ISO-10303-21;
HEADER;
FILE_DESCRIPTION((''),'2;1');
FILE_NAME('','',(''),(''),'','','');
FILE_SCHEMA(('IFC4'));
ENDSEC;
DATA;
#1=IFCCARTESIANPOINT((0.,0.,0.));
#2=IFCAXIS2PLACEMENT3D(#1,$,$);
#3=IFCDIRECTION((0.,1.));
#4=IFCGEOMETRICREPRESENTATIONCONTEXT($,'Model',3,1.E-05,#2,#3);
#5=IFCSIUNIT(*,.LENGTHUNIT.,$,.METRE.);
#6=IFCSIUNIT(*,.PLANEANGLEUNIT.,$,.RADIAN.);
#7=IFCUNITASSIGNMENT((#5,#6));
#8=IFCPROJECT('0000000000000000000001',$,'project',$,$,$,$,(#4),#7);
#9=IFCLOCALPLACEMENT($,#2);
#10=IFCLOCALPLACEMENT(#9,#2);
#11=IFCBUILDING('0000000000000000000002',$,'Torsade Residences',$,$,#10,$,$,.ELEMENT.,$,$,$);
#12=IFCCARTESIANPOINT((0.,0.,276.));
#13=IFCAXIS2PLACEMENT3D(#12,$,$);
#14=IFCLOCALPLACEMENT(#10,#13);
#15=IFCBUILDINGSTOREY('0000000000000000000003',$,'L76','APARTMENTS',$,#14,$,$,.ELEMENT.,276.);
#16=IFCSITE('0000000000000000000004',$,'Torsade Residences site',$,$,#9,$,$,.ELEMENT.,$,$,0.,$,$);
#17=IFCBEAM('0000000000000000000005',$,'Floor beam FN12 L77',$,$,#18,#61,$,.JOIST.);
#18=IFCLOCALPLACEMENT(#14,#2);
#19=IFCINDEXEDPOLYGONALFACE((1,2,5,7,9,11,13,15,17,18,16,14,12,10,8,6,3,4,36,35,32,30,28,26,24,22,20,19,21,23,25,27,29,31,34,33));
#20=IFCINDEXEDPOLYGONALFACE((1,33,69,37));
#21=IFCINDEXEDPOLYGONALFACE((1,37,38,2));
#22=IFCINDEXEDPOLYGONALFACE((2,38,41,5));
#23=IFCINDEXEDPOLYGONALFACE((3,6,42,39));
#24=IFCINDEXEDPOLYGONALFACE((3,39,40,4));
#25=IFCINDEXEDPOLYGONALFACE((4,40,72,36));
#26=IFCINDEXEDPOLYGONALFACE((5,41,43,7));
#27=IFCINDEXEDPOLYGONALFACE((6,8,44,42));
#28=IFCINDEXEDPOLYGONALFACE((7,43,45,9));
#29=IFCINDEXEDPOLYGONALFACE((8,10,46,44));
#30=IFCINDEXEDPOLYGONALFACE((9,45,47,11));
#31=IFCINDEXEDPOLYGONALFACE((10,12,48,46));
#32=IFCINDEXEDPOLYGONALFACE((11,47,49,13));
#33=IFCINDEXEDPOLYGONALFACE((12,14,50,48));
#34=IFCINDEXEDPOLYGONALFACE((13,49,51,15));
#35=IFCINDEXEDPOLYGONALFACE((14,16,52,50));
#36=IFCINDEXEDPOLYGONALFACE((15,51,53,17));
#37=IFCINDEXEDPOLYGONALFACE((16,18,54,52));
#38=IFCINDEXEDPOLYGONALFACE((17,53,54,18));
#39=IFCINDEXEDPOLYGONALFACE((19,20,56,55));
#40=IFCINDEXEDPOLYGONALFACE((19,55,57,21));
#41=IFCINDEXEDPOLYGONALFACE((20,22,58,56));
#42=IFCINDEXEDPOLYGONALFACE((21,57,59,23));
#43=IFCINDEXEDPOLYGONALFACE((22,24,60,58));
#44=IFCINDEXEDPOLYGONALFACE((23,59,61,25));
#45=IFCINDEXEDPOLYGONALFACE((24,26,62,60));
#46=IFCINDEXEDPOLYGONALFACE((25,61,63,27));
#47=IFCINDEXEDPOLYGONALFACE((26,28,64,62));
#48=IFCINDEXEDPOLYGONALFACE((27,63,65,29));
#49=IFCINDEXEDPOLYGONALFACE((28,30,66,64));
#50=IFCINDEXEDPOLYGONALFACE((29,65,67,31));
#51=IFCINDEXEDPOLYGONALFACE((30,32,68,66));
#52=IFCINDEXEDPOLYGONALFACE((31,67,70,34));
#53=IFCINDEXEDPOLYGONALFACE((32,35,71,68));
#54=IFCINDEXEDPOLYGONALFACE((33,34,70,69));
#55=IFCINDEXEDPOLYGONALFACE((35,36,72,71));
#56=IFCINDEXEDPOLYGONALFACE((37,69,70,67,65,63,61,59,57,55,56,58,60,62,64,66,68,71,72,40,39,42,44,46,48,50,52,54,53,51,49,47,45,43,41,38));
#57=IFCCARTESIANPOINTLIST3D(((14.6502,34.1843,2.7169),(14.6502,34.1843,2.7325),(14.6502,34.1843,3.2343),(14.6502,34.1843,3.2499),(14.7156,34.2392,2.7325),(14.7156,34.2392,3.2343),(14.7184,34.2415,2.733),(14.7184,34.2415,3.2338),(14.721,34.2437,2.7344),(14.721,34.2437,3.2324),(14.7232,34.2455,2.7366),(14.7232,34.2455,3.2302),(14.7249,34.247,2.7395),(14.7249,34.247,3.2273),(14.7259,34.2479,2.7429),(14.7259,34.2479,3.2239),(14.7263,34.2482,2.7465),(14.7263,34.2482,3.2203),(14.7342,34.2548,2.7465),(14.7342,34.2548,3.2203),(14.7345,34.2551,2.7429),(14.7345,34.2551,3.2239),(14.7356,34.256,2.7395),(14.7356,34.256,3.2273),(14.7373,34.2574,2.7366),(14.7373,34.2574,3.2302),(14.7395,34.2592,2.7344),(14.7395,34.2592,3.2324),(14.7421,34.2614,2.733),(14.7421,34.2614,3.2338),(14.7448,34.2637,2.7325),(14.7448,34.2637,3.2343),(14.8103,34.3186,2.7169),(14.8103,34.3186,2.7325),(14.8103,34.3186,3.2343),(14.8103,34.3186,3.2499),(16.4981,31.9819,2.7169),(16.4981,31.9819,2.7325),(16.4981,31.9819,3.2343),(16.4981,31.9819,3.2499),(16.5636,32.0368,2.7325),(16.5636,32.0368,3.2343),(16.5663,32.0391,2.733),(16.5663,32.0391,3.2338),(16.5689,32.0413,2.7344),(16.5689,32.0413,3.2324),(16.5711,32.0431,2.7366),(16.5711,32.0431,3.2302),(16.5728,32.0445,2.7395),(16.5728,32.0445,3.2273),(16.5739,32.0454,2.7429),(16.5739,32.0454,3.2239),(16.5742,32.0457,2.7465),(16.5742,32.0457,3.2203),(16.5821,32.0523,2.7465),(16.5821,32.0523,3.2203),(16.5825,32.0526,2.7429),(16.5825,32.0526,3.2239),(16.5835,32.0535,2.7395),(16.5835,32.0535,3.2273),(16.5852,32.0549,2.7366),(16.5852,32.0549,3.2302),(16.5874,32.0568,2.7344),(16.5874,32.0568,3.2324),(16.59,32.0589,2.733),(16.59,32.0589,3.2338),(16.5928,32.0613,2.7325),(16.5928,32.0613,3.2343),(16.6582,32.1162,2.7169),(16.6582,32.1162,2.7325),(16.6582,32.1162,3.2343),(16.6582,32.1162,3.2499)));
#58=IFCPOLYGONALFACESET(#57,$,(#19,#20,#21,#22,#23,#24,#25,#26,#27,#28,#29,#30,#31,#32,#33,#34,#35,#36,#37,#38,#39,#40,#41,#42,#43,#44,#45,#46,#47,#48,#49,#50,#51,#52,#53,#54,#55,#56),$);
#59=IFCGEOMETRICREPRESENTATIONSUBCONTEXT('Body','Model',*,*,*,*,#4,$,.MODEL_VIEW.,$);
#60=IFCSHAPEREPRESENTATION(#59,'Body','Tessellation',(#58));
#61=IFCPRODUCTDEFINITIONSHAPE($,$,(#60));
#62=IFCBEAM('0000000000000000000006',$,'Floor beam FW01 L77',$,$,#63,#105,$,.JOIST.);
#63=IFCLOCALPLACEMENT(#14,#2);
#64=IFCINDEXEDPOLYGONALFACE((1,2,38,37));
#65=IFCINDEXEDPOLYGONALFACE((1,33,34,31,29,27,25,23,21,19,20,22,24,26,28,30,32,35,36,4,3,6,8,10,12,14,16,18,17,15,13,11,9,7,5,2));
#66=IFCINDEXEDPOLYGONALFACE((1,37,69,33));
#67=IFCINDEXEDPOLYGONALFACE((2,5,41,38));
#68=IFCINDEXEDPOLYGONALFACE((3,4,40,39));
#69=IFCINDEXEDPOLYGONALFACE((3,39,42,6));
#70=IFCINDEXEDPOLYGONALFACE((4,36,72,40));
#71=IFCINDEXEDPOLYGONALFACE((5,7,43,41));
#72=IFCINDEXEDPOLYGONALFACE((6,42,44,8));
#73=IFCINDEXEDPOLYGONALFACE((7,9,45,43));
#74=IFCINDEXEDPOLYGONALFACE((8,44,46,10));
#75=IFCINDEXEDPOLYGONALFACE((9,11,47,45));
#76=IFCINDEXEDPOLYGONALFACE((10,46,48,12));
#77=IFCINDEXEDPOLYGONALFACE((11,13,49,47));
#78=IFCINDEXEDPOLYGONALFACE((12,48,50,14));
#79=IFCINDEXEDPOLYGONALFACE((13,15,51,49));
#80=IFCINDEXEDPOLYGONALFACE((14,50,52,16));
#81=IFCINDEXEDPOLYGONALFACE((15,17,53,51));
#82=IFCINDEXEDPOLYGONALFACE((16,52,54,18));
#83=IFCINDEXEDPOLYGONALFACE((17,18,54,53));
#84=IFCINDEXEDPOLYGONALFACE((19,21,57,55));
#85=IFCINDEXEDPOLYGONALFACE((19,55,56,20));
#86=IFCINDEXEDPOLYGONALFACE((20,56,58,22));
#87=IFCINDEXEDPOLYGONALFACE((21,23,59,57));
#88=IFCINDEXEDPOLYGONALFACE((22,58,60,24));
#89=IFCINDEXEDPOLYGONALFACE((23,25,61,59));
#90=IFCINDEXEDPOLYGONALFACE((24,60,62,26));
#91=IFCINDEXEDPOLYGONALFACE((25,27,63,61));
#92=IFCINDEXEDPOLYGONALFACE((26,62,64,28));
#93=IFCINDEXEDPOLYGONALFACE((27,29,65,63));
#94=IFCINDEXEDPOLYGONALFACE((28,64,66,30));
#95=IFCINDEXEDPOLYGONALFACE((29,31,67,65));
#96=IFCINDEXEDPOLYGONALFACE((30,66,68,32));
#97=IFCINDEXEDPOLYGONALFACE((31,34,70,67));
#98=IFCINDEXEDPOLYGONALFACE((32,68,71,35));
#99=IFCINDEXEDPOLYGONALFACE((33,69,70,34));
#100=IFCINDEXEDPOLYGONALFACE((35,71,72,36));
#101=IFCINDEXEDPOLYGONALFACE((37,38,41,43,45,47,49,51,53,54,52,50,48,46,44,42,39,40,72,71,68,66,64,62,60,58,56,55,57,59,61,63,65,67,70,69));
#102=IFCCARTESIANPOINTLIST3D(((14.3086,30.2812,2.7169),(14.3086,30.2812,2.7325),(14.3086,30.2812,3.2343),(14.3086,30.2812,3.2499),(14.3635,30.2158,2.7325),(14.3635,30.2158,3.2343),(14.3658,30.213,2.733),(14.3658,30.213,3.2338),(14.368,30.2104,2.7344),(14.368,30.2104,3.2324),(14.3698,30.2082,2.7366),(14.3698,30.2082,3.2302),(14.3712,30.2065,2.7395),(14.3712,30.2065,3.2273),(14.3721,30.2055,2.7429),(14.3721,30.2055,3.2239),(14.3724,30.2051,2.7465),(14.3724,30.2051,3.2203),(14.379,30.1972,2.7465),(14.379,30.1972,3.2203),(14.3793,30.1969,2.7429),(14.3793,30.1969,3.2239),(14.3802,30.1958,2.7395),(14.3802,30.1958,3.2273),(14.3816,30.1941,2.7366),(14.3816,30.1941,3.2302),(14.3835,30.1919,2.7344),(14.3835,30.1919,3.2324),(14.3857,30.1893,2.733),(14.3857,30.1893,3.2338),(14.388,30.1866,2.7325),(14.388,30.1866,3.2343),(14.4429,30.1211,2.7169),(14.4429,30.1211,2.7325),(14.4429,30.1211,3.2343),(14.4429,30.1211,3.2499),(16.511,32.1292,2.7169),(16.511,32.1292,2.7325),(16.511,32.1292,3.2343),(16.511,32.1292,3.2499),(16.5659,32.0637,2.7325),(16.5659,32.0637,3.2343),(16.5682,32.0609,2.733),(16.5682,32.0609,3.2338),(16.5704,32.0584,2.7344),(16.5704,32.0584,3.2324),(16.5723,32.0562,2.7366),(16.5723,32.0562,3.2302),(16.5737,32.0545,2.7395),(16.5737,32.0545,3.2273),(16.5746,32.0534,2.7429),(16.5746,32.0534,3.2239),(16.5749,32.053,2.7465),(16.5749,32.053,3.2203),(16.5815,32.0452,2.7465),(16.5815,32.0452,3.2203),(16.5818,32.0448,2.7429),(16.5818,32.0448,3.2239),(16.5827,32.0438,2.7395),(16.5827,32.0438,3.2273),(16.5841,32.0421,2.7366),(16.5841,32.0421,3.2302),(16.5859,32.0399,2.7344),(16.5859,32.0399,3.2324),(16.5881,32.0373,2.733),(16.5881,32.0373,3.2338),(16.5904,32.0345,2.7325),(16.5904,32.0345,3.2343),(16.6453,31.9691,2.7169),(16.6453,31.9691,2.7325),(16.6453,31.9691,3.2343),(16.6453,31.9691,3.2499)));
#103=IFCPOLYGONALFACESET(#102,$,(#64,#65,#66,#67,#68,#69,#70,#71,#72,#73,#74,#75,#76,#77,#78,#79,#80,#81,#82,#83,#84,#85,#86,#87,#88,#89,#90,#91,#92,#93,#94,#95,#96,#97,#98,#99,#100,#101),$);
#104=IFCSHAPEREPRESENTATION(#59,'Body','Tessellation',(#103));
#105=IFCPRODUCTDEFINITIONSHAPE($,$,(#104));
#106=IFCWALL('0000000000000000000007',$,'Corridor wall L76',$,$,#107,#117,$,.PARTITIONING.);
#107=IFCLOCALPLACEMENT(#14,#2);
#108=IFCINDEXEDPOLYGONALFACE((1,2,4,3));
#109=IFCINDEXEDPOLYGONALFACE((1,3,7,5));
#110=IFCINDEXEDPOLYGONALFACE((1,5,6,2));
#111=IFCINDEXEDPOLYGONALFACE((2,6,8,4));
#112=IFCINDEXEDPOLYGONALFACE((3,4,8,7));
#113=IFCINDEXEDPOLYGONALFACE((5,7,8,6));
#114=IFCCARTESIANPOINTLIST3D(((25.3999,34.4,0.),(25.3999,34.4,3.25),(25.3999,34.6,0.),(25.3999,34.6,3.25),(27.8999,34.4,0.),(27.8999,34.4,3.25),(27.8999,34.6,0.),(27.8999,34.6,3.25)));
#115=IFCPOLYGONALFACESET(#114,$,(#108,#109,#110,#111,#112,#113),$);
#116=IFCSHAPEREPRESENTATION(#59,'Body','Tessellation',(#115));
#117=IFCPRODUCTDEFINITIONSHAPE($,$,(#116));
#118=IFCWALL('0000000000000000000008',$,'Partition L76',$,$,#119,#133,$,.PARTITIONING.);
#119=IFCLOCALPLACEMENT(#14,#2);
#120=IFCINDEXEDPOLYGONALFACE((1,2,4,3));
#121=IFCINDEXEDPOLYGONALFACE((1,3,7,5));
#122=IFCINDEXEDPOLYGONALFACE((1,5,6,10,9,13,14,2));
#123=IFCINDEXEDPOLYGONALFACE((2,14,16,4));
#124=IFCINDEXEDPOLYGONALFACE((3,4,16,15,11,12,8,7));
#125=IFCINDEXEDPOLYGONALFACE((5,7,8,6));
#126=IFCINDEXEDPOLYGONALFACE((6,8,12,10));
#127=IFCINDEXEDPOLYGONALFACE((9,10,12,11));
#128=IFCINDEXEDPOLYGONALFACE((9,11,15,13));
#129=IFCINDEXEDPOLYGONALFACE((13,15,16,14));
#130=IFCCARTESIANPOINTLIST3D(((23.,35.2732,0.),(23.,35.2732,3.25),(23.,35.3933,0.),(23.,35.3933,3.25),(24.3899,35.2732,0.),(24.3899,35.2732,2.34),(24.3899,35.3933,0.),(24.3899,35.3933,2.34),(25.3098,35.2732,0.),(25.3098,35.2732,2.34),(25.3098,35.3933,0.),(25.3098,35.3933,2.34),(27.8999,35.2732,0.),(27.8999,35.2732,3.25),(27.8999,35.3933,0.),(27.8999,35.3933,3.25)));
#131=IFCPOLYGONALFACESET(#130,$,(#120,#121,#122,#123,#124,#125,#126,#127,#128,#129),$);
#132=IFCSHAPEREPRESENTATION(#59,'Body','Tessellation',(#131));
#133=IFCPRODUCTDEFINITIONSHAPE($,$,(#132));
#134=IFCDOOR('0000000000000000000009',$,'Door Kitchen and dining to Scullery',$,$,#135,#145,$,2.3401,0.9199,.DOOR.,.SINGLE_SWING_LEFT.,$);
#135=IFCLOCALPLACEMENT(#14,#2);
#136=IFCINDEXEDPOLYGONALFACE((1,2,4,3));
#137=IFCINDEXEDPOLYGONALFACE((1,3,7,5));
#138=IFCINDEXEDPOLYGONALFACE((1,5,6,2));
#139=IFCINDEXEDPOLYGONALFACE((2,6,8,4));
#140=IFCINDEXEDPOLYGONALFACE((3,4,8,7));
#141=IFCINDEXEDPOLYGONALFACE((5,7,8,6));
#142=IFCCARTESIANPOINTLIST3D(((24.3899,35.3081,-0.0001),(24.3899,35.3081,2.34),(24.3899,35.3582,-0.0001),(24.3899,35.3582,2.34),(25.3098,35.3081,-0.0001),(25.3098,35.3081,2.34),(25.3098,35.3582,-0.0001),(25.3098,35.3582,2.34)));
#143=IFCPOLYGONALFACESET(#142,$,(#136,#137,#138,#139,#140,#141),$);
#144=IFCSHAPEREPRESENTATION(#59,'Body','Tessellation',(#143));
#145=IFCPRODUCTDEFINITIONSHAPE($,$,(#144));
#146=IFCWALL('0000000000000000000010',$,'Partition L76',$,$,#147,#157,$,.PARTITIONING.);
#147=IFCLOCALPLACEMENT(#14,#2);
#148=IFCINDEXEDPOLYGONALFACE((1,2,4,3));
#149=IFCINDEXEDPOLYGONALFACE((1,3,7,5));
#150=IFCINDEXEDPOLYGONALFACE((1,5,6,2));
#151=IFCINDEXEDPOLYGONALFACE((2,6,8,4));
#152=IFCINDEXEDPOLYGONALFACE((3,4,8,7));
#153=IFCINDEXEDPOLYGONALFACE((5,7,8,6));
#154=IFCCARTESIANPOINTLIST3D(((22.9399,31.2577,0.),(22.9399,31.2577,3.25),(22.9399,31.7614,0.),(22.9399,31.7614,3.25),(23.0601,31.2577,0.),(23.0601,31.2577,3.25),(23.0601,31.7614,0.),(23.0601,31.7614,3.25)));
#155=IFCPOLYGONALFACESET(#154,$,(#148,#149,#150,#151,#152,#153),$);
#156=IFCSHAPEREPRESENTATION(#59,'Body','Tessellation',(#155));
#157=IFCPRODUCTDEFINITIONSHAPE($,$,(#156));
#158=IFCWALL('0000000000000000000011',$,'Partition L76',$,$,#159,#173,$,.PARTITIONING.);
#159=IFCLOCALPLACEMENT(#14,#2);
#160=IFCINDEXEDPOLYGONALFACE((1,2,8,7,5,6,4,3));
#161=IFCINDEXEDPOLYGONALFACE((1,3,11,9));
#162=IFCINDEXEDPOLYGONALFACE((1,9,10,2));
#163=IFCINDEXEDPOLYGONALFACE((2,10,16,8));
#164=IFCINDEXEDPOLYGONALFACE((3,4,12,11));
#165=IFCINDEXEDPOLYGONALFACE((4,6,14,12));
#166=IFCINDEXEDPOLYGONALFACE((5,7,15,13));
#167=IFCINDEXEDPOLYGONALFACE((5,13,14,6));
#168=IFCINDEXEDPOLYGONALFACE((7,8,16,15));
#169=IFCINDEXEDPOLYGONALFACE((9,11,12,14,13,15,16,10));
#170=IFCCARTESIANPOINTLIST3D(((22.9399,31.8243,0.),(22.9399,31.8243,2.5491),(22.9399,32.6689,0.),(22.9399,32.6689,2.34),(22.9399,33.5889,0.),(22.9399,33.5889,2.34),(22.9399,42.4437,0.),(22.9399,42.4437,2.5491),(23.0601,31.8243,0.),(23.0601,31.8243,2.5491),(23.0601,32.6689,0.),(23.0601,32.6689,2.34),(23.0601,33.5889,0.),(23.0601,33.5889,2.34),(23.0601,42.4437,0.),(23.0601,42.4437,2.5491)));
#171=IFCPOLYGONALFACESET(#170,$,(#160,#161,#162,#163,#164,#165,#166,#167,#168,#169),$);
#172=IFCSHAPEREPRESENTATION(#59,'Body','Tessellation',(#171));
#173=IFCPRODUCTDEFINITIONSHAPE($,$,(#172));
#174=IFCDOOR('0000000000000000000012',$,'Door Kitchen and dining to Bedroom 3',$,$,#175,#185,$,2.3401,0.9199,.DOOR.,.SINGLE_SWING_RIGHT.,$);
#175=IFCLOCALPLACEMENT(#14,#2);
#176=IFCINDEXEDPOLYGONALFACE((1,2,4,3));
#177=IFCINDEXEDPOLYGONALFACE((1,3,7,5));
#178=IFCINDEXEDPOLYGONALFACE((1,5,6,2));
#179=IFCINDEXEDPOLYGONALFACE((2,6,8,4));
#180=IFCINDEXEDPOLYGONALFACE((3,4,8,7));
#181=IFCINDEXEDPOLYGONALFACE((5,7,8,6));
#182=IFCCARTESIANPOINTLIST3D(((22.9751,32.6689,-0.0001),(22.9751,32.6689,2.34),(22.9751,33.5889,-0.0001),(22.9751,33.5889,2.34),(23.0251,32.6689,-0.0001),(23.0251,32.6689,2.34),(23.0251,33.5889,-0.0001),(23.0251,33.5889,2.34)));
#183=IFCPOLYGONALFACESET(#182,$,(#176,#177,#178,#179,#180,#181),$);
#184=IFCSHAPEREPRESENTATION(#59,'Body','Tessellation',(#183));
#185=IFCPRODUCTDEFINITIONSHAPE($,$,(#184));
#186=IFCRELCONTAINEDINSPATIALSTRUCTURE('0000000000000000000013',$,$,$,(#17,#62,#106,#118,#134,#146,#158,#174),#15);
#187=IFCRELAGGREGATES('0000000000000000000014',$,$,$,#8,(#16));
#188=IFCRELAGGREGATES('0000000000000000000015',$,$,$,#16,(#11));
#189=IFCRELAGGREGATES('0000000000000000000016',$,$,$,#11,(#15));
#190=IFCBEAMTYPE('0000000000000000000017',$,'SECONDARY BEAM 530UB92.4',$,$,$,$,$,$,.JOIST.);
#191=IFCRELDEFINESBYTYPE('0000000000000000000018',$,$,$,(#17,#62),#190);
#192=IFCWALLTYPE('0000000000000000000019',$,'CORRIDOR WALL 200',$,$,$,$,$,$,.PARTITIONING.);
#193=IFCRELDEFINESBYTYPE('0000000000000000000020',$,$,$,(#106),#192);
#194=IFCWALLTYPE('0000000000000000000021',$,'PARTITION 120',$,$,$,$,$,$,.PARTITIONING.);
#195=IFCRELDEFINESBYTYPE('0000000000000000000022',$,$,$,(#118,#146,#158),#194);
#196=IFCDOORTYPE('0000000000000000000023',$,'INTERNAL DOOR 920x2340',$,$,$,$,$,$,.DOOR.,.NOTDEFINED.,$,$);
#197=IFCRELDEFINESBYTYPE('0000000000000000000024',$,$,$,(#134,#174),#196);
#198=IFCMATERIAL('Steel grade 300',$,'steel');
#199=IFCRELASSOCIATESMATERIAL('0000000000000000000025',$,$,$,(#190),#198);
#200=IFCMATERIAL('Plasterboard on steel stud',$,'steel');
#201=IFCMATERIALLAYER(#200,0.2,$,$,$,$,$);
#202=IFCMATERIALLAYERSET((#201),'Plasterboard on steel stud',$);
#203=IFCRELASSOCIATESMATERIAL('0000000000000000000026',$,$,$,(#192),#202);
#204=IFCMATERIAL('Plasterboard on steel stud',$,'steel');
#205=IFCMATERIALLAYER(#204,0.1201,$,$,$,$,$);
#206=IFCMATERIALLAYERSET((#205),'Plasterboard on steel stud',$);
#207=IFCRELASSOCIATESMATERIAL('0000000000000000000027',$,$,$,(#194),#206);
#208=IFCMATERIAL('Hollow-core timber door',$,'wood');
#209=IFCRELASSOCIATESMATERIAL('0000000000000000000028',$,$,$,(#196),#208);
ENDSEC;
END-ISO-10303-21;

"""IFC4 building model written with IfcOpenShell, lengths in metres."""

from ifc_helpers import new_model, si_unit, direction, frame, frame_2d, origin, origin_2d, place, context, subcontext, project, spatial, rectangle, i_section, extrude, material, layer, layer_set, material_profile, profile_set, type_object, element, fill, save


model = new_model("IFC4")

# Units and contexts
model_context = context("Model", 3, precision=1e-05, world=origin(), true_north=direction((0.0, 1.0)))
body_context = subcontext(model_context, "Body", "Model", "MODEL_VIEW")
ifc_project = project(units=[si_unit("LENGTHUNIT", "METRE"), si_unit("PLANEANGLEUNIT", "RADIAN")], contexts=[model_context])

# Site, building, storey
site_placement = place(None, origin())
site = spatial("IfcSite", under=ifc_project, at=site_placement, Name="Torsade Residences site", CompositionType="ELEMENT", RefElevation=0.0)
building_placement = place(site_placement, origin())
building = spatial("IfcBuilding", under=site, at=building_placement, Name="Torsade Residences", CompositionType="ELEMENT")
storey_placement = place(building_placement, frame((0.0, 0.0, 276.0)))
storey = spatial("IfcBuildingStorey", under=building, at=storey_placement, Name="L76", Description="APARTMENTS", CompositionType="ELEMENT", Elevation=276.0)

# Beams
ifc_material_1 = material(Name="Steel grade 300", Category="steel")
ifc_material_profile_1 = material_profile(ifc_material_1, i_section(OverallWidth=0.209, OverallDepth=0.533, WebThickness=0.0103, FlangeThickness=0.0156, FilletRadius=0.0139, at=origin_2d()), Name="530UB92.4")
ifc_profile_set_1 = profile_set([ifc_material_profile_1], Name="Steel grade 300")
beam_type_1 = type_object("IfcBeamType", Name="SECONDARY BEAM 530UB92.4", PredefinedType="JOIST", material=ifc_profile_set_1)
for number, where, z_axis, x_axis, name in (
    (1, (14.7302, 34.2515, 2.9834), (0.642762, -0.766066, 0.0), (0.766066, 0.642762, 0.0), "Floor beam FN12 L77"),
    (2, (14.3757, 30.2012, 2.9834), (0.766066, 0.642762, 0.0), (-0.642762, 0.766066, 0.0), "Floor beam FW01 L77"),
):
    element("IfcBeam", number, at=place(storey_placement, frame(where, z_axis=z_axis, x_axis=x_axis)), inside=storey, type_object=beam_type_1, Name=name, PredefinedType="JOIST", context=body_context, shape_type="SweptSolid", body=[
        extrude(i_section(OverallWidth=0.209, OverallDepth=0.533, WebThickness=0.0103, FlangeThickness=0.0156, FilletRadius=0.0139, at=origin_2d()), origin(), (0.0, 0.0, 1.0), 2.875),
    ])

# Wall
ifc_material_2 = material(Name="Plasterboard on steel stud", Category="steel")
ifc_layer_1 = layer(ifc_material_2, 0.2)
ifc_layer_set_1 = layer_set([ifc_layer_1], Name="Plasterboard on steel stud")
wall_type_1 = type_object("IfcWallType", Name="CORRIDOR WALL 200", PredefinedType="PARTITIONING", material=ifc_layer_set_1)
wall_1_placement = place(storey_placement, frame((27.8999, 34.5, 0.0), z_axis=(0.0, 0.0, 1.0), x_axis=(-1.0, 0.0, 0.0)))
element("IfcWall", 3, at=wall_1_placement, inside=storey, type_object=wall_type_1, Name="Corridor wall L76", PredefinedType="PARTITIONING", context=body_context, shape_type="SweptSolid", body=[
    extrude(rectangle(XDim=2.5, YDim=0.2, at=frame_2d((1.25, 0.0))), origin(), (0.0, 0.0, 1.0), 3.25),
])

# Wall, opening, door
ifc_material_3 = material(Name="Plasterboard on steel stud", Category="steel")
ifc_layer_2 = layer(ifc_material_3, 0.1201)
ifc_layer_set_2 = layer_set([ifc_layer_2], Name="Plasterboard on steel stud")
wall_type_2 = type_object("IfcWallType", Name="PARTITION 120", PredefinedType="PARTITIONING", material=ifc_layer_set_2)
wall_2_placement = place(storey_placement, frame((23.0, 35.3333, 0.0), z_axis=(0.0, 0.0, 1.0), x_axis=(1.0, 0.0, 0.0)))
wall_2 = element("IfcWall", 4, at=wall_2_placement, inside=storey, type_object=wall_type_2, Name="Partition L76", PredefinedType="PARTITIONING", context=body_context, shape_type="SweptSolid", body=[
    extrude(rectangle(XDim=4.8999, YDim=0.1201, at=frame_2d((2.45, 0.0))), origin(), (0.0, 0.0, 1.0), 3.25),
])
opening_1_placement = place(wall_2_placement, frame((1.3899, 0.0, 0.0)))
opening_1 = element("IfcOpeningElement", 5, at=opening_1_placement, cuts=wall_2, PredefinedType="OPENING", context=body_context, shape_type="SweptSolid", body=[
    extrude(rectangle(XDim=0.9199, YDim=2.3401, at=frame_2d((0.46, 1.1699))), frame((0.0, 0.0701, 0.0), z_axis=(0.0, -1.0, 0.0), x_axis=(1.0, 0.0, 0.0)), (0.0, 0.0, 1.0), 0.1401),
])
ifc_material_4 = material(Name="Hollow-core timber door", Category="wood")
door_type_1 = type_object("IfcDoorType", Name="INTERNAL DOOR 920x2340", OperationType="NOTDEFINED", PredefinedType="DOOR", material=ifc_material_4)
door_1_placement = place(opening_1_placement, origin())
door_1 = element("IfcDoor", 6, at=door_1_placement, inside=storey, type_object=door_type_1, Name="Door Kitchen and dining to Scullery", OperationType="SINGLE_SWING_LEFT", OverallHeight=2.3401, OverallWidth=0.9199, PredefinedType="DOOR", context=body_context, shape_type="SweptSolid", body=[
    extrude(rectangle(XDim=0.9199, YDim=2.3401, at=frame_2d((0.46, 1.1699))), frame((0.0, 0.0249, 0.0), z_axis=(0.0, -1.0, 0.0), x_axis=(1.0, 0.0, 0.0)), (0.0, 0.0, 1.0), 0.05),
])
fill(opening_1, door_1)

# Wall
wall_3_placement = place(storey_placement, frame((23.0, 31.2576, 0.0), z_axis=(0.0, 0.0, 1.0), x_axis=(0.0, 1.0, 0.0)))
element("IfcWall", 7, at=wall_3_placement, inside=storey, type_object=wall_type_2, Name="Partition L76", PredefinedType="PARTITIONING", context=body_context, shape_type="SweptSolid", body=[
    extrude(rectangle(XDim=0.5037, YDim=0.1201, at=frame_2d((0.252, 0.0))), origin(), (0.0, 0.0, 1.0), 3.25),
])

# Wall, opening, door
wall_4_placement = place(storey_placement, frame((23.0, 31.8245, 0.0), z_axis=(0.0, 0.0, 1.0), x_axis=(0.0, 1.0, 0.0)))
wall_4 = element("IfcWall", 8, at=wall_4_placement, inside=storey, type_object=wall_type_2, Name="Partition L76", PredefinedType="PARTITIONING", context=body_context, shape_type="SweptSolid", body=[
    extrude(rectangle(XDim=10.6194, YDim=0.1201, at=frame_2d((5.3096, 0.0))), origin(), (0.0, 0.0, 1.0), 2.5491),
])
opening_2_placement = place(wall_4_placement, frame((0.8445, 0.0, 0.0)))
opening_2 = element("IfcOpeningElement", 9, at=opening_2_placement, cuts=wall_4, PredefinedType="OPENING", context=body_context, shape_type="SweptSolid", body=[
    extrude(rectangle(XDim=0.9199, YDim=2.3401, at=frame_2d((0.46, 1.1699))), frame((0.0, 0.0701, 0.0), z_axis=(0.0, -1.0, 0.0), x_axis=(1.0, 0.0, 0.0)), (0.0, 0.0, 1.0), 0.1401),
])
door_2_placement = place(opening_2_placement, origin())
door_2 = element("IfcDoor", 10, at=door_2_placement, inside=storey, type_object=door_type_1, Name="Door Kitchen and dining to Bedroom 3", OperationType="SINGLE_SWING_RIGHT", OverallHeight=2.3401, OverallWidth=0.9199, PredefinedType="DOOR", context=body_context, shape_type="SweptSolid", body=[
    extrude(rectangle(XDim=0.9199, YDim=2.3401, at=frame_2d((0.46, 1.1699))), frame((0.0, 0.0249, 0.0), z_axis=(0.0, -1.0, 0.0), x_axis=(1.0, 0.0, 0.0)), (0.0, 0.0, 1.0), 0.05),
])
fill(opening_2, door_2)

save(model, "model.ifc")
